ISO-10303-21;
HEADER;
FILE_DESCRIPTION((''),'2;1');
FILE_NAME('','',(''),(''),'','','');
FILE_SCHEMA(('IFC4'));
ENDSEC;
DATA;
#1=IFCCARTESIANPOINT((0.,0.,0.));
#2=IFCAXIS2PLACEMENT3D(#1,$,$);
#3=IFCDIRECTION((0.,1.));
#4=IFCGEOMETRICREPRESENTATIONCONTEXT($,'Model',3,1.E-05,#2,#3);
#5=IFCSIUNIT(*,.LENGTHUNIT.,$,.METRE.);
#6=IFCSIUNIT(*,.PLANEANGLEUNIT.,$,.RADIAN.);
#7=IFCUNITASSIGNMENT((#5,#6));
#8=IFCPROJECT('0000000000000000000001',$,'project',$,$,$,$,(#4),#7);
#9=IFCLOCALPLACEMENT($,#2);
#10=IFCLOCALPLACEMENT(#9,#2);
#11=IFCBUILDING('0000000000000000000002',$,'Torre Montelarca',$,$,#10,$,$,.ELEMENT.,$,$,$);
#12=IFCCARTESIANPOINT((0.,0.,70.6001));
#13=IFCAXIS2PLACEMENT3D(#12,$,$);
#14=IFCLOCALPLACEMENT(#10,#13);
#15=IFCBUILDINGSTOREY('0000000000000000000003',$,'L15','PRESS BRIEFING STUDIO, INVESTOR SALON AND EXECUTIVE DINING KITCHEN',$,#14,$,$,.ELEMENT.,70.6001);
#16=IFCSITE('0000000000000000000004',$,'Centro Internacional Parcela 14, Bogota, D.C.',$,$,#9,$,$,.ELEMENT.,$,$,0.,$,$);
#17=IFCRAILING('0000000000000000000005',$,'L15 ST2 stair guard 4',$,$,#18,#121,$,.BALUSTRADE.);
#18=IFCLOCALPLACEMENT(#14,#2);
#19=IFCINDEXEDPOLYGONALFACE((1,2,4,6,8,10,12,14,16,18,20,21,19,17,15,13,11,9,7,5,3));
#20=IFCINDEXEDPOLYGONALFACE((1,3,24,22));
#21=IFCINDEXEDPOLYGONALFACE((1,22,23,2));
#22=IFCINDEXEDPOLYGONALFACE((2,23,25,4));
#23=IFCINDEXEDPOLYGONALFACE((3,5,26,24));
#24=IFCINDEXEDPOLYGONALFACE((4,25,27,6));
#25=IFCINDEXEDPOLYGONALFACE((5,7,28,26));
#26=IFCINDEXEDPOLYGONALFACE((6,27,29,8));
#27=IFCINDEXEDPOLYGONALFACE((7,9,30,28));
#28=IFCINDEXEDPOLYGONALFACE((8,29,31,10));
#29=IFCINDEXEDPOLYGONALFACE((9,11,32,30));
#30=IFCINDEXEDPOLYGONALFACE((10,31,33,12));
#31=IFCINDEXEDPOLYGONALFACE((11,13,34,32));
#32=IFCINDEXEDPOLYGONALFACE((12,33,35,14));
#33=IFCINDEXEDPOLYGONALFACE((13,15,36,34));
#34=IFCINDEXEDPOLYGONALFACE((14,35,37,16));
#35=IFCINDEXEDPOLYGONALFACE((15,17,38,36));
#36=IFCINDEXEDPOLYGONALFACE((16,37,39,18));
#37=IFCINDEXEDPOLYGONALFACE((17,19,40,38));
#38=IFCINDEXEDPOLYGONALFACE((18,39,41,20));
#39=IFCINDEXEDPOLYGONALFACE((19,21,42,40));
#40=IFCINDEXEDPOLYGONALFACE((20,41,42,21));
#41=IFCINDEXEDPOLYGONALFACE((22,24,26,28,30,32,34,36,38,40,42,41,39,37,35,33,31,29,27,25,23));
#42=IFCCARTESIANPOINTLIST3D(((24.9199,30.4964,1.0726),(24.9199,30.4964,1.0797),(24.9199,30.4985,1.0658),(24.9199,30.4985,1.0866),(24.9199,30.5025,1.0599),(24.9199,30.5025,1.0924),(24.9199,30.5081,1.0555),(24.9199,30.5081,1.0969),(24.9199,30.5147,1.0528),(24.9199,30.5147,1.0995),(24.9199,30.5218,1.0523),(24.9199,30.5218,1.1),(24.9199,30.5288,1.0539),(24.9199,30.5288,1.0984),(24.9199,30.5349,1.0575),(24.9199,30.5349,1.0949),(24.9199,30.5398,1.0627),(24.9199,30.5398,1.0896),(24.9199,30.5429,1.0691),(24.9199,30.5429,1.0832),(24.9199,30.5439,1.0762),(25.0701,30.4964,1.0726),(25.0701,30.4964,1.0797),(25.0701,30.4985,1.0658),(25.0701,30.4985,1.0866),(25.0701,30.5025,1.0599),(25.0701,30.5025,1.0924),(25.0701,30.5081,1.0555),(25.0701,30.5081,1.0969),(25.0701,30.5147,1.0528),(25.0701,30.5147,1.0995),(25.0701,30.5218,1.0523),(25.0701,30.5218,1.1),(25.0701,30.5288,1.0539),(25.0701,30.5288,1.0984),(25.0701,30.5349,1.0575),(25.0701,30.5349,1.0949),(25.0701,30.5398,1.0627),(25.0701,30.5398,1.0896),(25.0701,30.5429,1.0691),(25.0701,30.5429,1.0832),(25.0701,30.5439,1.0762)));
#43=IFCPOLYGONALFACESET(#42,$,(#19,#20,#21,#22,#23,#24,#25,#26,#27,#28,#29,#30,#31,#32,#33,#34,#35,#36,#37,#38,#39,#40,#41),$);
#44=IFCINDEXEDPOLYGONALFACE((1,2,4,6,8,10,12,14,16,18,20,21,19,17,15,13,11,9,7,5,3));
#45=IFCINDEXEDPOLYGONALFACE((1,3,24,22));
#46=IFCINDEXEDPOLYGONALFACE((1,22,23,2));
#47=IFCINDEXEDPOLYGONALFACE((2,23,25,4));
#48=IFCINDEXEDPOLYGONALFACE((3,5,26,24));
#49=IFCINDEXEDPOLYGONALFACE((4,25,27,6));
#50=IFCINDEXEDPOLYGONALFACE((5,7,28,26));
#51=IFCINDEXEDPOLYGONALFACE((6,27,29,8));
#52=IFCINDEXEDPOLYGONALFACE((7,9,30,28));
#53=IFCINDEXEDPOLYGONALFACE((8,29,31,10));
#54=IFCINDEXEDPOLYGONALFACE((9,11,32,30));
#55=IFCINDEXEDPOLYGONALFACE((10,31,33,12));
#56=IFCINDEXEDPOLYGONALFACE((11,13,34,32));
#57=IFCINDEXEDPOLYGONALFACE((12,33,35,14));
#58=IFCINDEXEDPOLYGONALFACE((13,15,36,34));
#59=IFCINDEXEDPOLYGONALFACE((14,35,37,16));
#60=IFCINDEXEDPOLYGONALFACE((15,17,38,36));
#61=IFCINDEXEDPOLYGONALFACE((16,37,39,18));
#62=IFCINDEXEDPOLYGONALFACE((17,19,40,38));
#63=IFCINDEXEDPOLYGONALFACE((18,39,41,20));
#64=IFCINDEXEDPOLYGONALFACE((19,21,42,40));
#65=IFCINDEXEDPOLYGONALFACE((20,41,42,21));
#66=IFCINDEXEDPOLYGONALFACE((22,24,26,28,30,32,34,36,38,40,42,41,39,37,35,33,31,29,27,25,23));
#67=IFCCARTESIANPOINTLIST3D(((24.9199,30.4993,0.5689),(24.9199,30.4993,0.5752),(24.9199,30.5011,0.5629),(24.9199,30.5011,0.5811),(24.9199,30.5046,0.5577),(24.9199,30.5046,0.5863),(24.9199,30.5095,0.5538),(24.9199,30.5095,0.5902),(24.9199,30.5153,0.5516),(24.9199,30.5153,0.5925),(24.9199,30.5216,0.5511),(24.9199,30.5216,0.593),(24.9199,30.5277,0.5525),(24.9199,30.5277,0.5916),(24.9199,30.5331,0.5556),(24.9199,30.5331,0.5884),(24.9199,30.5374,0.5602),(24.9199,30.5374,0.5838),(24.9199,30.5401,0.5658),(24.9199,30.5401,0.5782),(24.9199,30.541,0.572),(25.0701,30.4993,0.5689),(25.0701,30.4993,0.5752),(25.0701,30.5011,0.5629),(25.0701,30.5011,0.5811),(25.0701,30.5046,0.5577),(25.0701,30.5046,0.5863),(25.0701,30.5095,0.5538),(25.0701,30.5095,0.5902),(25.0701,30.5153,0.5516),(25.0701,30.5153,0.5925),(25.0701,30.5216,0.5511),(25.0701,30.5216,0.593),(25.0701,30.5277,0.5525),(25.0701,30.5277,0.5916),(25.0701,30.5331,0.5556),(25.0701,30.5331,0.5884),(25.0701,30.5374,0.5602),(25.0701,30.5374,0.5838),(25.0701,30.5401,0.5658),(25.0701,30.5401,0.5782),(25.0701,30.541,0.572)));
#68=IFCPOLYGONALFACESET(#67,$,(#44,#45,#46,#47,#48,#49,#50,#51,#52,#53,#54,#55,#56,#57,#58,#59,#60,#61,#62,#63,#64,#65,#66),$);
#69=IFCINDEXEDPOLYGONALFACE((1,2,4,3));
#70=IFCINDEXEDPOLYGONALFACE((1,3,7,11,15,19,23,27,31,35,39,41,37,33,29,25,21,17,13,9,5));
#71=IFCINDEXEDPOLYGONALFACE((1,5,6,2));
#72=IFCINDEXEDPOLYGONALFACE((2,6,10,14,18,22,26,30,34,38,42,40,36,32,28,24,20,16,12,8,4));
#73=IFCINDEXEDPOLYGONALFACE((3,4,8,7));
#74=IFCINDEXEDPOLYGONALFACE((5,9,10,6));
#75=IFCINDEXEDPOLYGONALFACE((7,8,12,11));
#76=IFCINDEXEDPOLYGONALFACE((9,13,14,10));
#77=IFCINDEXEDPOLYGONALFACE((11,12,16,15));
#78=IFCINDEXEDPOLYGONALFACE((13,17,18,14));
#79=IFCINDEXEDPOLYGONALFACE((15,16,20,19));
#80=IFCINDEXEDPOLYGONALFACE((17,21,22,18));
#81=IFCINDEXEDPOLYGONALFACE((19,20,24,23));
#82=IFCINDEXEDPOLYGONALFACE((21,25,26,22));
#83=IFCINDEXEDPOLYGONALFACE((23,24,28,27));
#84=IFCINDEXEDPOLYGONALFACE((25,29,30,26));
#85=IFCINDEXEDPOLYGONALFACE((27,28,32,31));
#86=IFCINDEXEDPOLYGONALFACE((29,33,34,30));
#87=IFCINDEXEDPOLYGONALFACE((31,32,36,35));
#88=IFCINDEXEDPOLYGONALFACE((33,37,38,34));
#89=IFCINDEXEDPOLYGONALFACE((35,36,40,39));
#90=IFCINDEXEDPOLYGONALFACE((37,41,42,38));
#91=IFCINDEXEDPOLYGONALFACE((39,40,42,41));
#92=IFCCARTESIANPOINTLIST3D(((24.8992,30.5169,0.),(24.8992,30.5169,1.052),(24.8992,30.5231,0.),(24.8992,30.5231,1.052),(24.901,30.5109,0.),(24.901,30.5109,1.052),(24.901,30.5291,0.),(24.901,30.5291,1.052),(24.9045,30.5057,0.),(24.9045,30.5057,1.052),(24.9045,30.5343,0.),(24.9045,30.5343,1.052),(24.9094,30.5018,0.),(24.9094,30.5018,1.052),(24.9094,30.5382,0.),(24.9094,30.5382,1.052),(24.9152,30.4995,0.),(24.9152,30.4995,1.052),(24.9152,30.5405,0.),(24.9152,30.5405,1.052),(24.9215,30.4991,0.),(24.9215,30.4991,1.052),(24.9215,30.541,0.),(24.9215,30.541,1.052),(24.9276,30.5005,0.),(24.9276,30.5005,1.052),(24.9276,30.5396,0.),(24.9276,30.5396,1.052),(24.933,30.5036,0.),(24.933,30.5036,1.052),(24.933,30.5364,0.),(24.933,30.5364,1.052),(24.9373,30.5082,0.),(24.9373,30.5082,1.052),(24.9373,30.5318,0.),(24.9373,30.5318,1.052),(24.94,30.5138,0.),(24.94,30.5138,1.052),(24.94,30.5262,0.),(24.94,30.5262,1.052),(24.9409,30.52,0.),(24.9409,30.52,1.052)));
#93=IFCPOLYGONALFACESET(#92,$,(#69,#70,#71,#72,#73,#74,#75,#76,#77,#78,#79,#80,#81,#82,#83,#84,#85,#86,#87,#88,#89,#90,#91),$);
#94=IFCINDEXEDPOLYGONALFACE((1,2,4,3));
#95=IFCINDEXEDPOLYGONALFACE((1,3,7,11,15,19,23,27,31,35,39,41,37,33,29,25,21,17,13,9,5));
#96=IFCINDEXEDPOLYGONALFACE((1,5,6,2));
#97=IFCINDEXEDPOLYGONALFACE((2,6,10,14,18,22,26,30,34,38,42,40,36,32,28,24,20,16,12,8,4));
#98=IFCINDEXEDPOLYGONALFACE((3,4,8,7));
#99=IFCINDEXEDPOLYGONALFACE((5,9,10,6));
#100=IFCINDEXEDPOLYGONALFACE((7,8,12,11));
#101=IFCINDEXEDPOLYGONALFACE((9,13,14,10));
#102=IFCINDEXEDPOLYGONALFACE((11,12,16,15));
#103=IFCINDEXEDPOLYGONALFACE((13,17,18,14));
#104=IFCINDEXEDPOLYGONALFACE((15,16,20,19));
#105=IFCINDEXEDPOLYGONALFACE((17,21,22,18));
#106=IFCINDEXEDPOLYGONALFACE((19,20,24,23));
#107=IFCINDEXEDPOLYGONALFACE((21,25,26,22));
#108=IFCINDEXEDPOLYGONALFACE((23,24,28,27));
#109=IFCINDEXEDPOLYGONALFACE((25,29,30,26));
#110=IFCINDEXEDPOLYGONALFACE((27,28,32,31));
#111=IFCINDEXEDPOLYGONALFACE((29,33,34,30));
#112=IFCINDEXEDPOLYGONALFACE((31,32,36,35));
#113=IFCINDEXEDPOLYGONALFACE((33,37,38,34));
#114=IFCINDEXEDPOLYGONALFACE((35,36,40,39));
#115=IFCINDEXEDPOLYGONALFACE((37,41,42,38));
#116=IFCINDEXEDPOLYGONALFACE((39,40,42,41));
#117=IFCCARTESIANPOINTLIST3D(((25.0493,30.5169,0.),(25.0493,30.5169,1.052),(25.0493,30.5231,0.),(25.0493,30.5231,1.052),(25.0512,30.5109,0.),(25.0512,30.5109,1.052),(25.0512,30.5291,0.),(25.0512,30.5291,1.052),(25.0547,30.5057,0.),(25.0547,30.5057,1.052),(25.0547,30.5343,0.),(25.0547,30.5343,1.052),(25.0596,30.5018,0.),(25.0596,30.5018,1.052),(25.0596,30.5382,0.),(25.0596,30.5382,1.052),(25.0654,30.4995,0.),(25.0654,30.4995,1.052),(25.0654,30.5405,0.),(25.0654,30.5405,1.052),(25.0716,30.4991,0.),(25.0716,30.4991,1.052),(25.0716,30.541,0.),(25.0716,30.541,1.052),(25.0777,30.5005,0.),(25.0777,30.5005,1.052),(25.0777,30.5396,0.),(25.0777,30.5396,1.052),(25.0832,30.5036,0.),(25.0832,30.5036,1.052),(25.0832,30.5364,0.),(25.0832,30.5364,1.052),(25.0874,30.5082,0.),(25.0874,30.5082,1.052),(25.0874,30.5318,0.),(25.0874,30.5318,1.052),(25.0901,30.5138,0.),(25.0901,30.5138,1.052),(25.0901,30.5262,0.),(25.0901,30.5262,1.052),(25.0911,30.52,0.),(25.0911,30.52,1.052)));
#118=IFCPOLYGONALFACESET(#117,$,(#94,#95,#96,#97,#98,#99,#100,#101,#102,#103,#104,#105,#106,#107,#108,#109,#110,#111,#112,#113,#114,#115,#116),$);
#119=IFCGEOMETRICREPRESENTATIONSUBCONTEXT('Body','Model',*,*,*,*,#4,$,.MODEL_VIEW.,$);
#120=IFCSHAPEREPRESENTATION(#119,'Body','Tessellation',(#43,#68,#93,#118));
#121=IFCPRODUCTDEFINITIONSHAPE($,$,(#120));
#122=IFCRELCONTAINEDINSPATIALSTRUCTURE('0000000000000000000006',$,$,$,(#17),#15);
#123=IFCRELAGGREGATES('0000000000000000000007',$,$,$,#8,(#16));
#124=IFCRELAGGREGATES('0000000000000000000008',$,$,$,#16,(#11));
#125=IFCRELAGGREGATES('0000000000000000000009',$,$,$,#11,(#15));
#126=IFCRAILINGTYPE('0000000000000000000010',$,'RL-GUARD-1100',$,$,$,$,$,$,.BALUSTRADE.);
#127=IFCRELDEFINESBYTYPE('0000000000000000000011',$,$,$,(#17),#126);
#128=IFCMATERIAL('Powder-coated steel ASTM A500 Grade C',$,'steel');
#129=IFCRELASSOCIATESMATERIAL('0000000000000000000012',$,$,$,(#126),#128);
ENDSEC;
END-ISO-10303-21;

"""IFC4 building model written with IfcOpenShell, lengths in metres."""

from ifc_helpers import new_model, si_unit, direction, frame, origin, origin_2d, place, context, subcontext, project, spatial, circle, extrude, material, type_object, element, save


model = new_model("IFC4")

# Units and contexts
model_context = context("Model", 3, precision=1e-05, world=origin(), true_north=direction((0.0, 1.0)))
body_context = subcontext(model_context, "Body", "Model", "MODEL_VIEW")
ifc_project = project(units=[si_unit("LENGTHUNIT", "METRE"), si_unit("PLANEANGLEUNIT", "RADIAN")], contexts=[model_context])

# Site, building, storey
site_placement = place(None, origin())
site = spatial("IfcSite", under=ifc_project, at=site_placement, Name="Centro Internacional Parcela 14, Bogota, D.C.", CompositionType="ELEMENT", RefElevation=0.0)
building_placement = place(site_placement, origin())
building = spatial("IfcBuilding", under=site, at=building_placement, Name="Torre Montelarca", CompositionType="ELEMENT")
storey_placement = place(building_placement, frame((0.0, 0.0, 70.6001)))
storey = spatial("IfcBuildingStorey", under=building, at=storey_placement, Name="L15", Description="PRESS BRIEFING STUDIO, INVESTOR SALON AND EXECUTIVE DINING KITCHEN", CompositionType="ELEMENT", Elevation=70.6001)

# Railing
ifc_material_1 = material(Name="Powder-coated steel ASTM A500 Grade C", Category="steel")
railing_type_1 = type_object("IfcRailingType", Name="RL-GUARD-1100", PredefinedType="BALUSTRADE", material=ifc_material_1)
railing_1_placement = place(storey_placement, frame((24.9199, 30.52, 0.0)))
element("IfcRailing", 1, at=railing_1_placement, inside=storey, type_object=railing_type_1, Name="L15 ST2 stair guard 4", PredefinedType="BALUSTRADE", context=body_context, shape_type="SweptSolid", body=[
    extrude(circle(Radius=0.0239, at=origin_2d()), frame((0.0, 0.0, 1.0762), z_axis=(1.0, 0.0, 0.0), x_axis=(0.0, 1.0, 0.0)), (0.0, 0.0, 1.0), 0.1501),
    extrude(circle(Radius=0.021, at=origin_2d()), frame((0.0, 0.0, 0.572), z_axis=(1.0, 0.0, 0.0), x_axis=(0.0, 1.0, 0.0)), (0.0, 0.0, 1.0), 0.1501),
    extrude(circle(Radius=0.021, at=origin_2d()), origin(), (0.0, 0.0, 1.0), 1.052),
    extrude(circle(Radius=0.021, at=origin_2d()), frame((0.1501, 0.0, 0.0)), (0.0, 0.0, 1.0), 1.052),
])

save(model, "model.ifc")
